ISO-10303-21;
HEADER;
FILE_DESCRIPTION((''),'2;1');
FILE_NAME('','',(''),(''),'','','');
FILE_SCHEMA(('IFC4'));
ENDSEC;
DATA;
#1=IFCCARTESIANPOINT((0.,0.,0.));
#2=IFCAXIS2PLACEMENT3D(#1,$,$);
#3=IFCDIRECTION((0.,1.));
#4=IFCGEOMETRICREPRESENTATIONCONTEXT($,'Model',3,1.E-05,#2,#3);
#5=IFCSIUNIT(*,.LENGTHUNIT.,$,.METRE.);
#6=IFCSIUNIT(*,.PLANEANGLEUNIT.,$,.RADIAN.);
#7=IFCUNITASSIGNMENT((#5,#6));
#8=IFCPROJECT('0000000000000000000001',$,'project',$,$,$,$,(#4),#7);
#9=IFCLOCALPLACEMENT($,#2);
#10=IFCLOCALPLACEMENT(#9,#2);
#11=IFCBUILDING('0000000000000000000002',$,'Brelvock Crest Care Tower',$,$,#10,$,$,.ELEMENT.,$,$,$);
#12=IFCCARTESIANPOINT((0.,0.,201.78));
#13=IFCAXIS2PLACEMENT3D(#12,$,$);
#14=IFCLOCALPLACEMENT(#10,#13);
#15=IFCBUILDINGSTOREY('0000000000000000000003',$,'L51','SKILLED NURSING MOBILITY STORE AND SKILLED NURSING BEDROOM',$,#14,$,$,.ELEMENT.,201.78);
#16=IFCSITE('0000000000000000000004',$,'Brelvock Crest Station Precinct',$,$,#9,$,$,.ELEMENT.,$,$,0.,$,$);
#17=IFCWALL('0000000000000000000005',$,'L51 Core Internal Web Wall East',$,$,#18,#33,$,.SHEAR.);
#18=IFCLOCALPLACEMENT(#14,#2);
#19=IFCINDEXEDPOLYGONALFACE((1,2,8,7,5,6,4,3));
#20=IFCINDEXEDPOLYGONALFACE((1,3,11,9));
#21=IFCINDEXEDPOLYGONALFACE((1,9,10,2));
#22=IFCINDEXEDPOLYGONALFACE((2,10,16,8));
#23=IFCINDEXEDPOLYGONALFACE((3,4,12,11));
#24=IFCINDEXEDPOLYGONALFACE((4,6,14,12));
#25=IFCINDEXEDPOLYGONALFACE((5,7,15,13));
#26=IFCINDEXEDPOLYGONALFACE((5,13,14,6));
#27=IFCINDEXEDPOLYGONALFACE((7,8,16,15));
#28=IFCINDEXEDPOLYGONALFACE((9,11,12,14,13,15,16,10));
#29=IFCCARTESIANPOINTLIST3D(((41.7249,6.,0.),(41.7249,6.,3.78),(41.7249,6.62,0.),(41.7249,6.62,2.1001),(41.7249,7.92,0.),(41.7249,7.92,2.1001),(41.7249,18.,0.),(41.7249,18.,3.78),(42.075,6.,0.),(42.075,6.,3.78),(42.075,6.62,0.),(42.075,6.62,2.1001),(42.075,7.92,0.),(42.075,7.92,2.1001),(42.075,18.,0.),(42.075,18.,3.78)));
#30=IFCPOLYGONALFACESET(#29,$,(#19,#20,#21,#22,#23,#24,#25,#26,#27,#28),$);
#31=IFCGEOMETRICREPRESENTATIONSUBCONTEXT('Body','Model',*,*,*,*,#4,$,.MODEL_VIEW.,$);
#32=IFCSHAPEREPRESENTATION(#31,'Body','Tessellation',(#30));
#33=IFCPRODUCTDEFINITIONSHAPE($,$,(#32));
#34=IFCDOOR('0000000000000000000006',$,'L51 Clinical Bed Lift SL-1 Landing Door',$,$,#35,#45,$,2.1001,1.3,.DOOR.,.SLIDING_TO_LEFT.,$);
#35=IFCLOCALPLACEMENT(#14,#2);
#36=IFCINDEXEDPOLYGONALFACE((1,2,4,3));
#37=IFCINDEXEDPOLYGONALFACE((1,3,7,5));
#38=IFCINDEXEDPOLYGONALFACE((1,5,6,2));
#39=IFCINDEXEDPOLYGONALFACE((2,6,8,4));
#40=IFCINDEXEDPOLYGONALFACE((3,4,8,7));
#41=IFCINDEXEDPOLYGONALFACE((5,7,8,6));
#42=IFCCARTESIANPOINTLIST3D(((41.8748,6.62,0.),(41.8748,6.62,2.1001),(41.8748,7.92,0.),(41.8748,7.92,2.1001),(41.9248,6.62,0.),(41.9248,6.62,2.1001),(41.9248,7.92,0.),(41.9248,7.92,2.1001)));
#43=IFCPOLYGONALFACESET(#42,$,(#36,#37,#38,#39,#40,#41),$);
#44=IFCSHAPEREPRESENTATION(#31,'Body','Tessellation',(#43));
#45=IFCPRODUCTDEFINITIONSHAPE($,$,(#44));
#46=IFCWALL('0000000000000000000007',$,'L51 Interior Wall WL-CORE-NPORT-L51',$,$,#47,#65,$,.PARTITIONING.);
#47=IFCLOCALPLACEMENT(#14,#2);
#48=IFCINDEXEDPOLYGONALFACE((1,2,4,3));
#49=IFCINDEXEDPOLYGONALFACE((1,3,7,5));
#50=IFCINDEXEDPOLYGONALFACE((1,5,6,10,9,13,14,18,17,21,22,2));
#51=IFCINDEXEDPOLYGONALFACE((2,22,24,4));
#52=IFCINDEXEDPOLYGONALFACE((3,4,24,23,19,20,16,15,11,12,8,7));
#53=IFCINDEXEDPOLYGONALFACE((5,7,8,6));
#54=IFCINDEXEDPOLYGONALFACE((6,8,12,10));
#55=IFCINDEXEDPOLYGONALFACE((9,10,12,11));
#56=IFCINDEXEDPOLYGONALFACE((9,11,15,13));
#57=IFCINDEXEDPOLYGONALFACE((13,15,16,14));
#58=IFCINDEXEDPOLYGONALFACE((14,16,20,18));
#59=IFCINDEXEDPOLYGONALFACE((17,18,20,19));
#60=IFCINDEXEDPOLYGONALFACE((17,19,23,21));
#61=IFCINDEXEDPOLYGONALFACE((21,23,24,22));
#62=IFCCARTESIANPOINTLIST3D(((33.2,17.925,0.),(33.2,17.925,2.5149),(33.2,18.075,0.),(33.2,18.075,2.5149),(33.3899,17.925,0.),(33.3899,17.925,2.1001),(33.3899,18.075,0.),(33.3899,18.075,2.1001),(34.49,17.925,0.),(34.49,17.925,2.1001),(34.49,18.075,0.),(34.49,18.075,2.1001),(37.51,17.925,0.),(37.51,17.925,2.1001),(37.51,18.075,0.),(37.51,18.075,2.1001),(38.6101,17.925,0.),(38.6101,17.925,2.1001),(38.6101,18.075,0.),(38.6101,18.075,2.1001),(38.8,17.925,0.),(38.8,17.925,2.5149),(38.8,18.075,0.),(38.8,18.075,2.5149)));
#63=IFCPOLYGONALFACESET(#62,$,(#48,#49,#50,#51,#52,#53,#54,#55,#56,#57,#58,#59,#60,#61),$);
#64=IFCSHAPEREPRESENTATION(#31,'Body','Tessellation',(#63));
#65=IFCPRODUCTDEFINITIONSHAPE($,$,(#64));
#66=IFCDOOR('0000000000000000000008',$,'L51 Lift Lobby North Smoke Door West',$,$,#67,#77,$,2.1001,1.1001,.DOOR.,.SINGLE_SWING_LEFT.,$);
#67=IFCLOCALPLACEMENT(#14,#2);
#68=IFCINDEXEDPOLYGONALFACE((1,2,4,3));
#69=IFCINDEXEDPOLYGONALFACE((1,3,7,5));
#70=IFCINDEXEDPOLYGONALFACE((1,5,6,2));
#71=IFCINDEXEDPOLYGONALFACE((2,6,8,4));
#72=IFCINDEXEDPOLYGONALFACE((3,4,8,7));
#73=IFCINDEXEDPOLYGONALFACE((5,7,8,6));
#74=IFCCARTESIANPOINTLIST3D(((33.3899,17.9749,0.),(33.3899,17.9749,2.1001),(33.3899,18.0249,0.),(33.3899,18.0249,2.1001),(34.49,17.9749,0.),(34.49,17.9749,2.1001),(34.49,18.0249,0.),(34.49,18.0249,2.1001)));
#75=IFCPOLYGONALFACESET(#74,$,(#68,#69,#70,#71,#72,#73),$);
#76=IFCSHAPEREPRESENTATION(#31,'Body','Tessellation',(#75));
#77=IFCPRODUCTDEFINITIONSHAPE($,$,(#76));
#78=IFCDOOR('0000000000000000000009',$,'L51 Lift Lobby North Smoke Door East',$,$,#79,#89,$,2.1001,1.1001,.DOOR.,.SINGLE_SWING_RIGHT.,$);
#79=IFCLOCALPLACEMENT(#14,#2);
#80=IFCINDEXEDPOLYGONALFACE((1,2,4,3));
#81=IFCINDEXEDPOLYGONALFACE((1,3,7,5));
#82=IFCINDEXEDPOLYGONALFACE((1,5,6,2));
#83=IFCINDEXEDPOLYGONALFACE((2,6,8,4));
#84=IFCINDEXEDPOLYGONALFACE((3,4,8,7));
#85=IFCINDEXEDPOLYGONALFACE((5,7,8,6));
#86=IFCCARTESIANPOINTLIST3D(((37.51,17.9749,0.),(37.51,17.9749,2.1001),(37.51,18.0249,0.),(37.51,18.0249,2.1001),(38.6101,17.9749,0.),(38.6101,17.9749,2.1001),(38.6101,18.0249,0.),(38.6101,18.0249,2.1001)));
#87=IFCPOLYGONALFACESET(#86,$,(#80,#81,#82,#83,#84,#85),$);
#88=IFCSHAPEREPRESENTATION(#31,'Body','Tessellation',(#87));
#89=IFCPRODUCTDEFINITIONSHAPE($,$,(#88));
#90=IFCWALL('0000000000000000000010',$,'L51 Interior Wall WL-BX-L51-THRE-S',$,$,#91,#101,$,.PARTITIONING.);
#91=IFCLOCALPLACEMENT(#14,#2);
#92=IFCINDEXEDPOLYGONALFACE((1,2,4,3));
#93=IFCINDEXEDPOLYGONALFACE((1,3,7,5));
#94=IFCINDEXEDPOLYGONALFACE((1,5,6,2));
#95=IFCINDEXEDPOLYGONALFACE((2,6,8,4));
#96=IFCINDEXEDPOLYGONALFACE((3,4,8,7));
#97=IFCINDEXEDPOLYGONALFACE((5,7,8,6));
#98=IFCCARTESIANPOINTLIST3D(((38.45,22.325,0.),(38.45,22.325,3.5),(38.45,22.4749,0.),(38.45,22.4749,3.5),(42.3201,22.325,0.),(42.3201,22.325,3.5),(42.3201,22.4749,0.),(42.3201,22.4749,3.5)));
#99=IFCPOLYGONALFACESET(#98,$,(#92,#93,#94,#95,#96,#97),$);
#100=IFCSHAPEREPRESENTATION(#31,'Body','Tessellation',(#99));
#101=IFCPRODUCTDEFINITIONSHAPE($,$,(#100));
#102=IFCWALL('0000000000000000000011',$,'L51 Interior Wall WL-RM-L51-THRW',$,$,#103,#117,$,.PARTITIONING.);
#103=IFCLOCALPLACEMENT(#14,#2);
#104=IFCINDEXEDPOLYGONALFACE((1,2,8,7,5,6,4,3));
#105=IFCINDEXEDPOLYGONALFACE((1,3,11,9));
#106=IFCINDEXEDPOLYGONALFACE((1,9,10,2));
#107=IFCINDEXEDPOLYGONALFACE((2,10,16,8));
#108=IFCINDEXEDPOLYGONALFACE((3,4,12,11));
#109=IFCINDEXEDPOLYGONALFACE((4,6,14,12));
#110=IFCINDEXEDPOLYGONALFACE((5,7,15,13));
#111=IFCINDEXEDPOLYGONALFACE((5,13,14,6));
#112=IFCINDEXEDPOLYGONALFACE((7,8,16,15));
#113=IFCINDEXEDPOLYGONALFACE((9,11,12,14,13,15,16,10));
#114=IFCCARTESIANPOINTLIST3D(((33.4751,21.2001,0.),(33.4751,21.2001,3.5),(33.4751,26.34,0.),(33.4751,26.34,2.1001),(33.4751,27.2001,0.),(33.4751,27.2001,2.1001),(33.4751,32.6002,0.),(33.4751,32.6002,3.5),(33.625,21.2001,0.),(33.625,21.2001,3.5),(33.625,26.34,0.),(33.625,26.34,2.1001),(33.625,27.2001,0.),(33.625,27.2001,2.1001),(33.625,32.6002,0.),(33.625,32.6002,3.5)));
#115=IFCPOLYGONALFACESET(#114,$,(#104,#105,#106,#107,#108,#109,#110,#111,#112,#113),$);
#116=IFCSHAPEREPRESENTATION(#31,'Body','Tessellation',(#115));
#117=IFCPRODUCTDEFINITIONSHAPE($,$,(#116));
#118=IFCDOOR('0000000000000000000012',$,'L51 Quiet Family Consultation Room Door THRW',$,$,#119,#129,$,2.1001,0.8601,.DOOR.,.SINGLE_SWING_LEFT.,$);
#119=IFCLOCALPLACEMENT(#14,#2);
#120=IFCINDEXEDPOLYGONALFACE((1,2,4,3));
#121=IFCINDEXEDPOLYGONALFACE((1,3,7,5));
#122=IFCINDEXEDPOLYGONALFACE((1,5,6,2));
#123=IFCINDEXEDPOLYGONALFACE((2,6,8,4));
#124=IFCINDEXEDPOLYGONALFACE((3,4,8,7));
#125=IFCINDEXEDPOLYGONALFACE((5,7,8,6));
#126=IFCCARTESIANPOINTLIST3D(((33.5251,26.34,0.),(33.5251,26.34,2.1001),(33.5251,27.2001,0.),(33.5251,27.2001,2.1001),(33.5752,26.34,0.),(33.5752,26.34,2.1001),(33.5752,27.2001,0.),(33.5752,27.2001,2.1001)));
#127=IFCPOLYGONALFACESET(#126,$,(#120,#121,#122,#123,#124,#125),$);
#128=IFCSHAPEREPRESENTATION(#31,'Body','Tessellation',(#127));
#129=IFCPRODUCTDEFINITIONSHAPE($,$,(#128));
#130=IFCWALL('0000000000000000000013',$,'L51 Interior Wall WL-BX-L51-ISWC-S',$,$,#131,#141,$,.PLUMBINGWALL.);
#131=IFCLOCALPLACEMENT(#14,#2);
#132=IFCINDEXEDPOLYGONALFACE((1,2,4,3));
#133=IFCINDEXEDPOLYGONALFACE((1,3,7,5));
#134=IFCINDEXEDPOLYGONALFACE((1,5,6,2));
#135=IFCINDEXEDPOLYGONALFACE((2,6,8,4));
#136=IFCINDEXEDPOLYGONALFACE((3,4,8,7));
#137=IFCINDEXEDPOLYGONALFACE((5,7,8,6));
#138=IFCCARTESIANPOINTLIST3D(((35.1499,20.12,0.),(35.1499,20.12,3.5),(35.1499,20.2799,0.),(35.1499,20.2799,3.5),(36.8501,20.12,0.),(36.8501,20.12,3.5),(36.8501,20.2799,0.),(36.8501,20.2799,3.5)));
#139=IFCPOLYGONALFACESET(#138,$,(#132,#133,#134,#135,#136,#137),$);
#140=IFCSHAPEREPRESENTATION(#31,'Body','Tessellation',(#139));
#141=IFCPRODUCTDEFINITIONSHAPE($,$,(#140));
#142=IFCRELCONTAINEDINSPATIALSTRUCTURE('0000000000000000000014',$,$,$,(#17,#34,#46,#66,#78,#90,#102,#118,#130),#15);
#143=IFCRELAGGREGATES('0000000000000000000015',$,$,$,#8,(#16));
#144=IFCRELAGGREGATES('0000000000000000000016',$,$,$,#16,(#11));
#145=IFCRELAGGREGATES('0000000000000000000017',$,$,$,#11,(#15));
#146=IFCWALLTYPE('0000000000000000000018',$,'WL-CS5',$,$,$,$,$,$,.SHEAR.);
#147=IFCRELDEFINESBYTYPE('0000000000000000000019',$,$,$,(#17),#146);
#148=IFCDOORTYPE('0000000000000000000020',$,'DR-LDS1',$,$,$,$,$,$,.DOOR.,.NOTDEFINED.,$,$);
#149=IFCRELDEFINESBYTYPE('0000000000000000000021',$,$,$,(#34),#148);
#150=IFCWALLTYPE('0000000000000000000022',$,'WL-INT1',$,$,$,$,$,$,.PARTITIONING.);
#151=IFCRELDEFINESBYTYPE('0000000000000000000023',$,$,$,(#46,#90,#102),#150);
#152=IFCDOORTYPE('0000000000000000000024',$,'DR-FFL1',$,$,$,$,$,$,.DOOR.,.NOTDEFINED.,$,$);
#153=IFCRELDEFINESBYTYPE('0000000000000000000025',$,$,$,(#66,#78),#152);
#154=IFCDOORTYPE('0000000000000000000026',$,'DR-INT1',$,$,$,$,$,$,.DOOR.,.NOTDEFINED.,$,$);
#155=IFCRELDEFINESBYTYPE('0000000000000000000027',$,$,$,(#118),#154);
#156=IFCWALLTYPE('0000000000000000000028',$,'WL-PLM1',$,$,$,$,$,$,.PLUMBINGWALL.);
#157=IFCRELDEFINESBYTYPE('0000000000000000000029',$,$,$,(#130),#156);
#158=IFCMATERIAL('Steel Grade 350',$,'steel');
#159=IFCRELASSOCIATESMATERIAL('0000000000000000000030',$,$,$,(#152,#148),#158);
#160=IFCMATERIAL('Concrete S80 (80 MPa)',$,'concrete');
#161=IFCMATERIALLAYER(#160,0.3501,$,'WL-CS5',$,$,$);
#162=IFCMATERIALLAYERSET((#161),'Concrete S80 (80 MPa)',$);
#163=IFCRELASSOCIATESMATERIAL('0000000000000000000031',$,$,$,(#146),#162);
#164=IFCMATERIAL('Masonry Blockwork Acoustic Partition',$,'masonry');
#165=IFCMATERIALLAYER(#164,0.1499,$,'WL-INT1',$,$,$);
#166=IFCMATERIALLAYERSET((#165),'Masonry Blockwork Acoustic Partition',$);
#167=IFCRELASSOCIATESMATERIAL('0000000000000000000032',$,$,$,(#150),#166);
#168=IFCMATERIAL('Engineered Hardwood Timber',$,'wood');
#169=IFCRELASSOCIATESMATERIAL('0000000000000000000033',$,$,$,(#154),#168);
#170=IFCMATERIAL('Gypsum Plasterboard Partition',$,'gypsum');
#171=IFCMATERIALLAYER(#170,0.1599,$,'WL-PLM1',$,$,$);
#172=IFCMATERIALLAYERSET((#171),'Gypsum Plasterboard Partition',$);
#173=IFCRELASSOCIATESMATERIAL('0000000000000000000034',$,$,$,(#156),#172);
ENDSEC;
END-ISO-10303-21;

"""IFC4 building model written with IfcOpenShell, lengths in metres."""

from ifc_helpers import new_model, si_unit, direction, frame, frame_2d, origin, origin_2d, place, context, subcontext, project, spatial, rectangle, extrude, source, transform, mapped, material, layer, layer_set, type_object, element, fill, save


model = new_model("IFC4")

# Units and contexts
model_context = context("Model", 3, precision=1e-05, world=origin(), true_north=direction((0.0, 1.0)))
body_context = subcontext(model_context, "Body", "Model", "MODEL_VIEW")
ifc_project = project(units=[si_unit("LENGTHUNIT", "METRE"), si_unit("PLANEANGLEUNIT", "RADIAN")], contexts=[model_context])

# Site, building, storey
site_placement = place(None, origin())
site = spatial("IfcSite", under=ifc_project, at=site_placement, Name="Brelvock Crest Station Precinct", CompositionType="ELEMENT", RefElevation=0.0)
building_placement = place(site_placement, origin())
building = spatial("IfcBuilding", under=site, at=building_placement, Name="Brelvock Crest Care Tower", CompositionType="ELEMENT")
storey_placement = place(building_placement, frame((0.0, 0.0, 201.78)))
storey = spatial("IfcBuildingStorey", under=building, at=storey_placement, Name="L51", Description="SKILLED NURSING MOBILITY STORE AND SKILLED NURSING BEDROOM", CompositionType="ELEMENT", Elevation=201.78)

# Shared definitions
ifc_material_1 = material(Name="Steel Grade 350", Category="steel")

# Wall, opening, door
door_type_1 = type_object("IfcDoorType", Name="DR-FFL1", OperationType="NOTDEFINED", PredefinedType="DOOR", material=ifc_material_1)
shared_shape_1 = source(origin(), body_context, "Body", "SweptSolid", [
    extrude(rectangle(XDim=1.1001, YDim=2.1001, at=origin_2d()), frame((0.55, 0.0249, 1.05), z_axis=(0.0, -1.0, 0.0), x_axis=(1.0, 0.0, 0.0)), (0.0, 0.0, 1.0), 0.05),
])
ifc_material_2 = material(Name="Concrete S80 (80 MPa)", Category="concrete")
ifc_layer_1 = layer(ifc_material_2, 0.3501, Name="WL-CS5")
ifc_layer_set_1 = layer_set([ifc_layer_1], Name="Concrete S80 (80 MPa)")
wall_type_1 = type_object("IfcWallType", Name="WL-CS5", PredefinedType="SHEAR", material=ifc_layer_set_1)
wall_1_placement = place(storey_placement, frame((41.8999, 18.0, 0.0), z_axis=(0.0, 0.0, 1.0), x_axis=(0.0, -1.0, 0.0)))
wall_1 = element("IfcWall", 1, at=wall_1_placement, inside=storey, type_object=wall_type_1, Name="L51 Core Internal Web Wall East", PredefinedType="SHEAR", context=body_context, shape_type="SweptSolid", body=[
    extrude(rectangle(XDim=12.0, YDim=0.3501, at=frame_2d((6.0, 0.0))), origin(), (0.0, 0.0, 1.0), 3.78),
])
opening_1_placement = place(wall_1_placement, frame((10.0801, 0.0, 0.0)))
opening_1 = element("IfcOpeningElement", 2, at=opening_1_placement, cuts=wall_1, PredefinedType="OPENING", context=body_context, shape_type="SweptSolid", body=[
    extrude(rectangle(XDim=1.3, YDim=2.1001, at=origin_2d()), frame((0.6499, 0.1851, 1.05), z_axis=(0.0, -1.0, 0.0), x_axis=(1.0, 0.0, 0.0)), (0.0, 0.0, 1.0), 0.3701),
])
door_type_2 = type_object("IfcDoorType", Name="DR-LDS1", OperationType="NOTDEFINED", PredefinedType="DOOR", material=ifc_material_1)
shared_shape_2 = source(origin(), body_context, "Body", "SweptSolid", [
    extrude(rectangle(XDim=1.3, YDim=2.1001, at=origin_2d()), frame((0.6499, 0.0249, 1.05), z_axis=(0.0, -1.0, 0.0), x_axis=(1.0, 0.0, 0.0)), (0.0, 0.0, 1.0), 0.05),
])
door_1_placement = place(opening_1_placement, origin())
door_1 = element("IfcDoor", 3, at=door_1_placement, inside=storey, type_object=door_type_2, Name="L51 Clinical Bed Lift SL-1 Landing Door", OperationType="SLIDING_TO_LEFT", OverallHeight=2.1001, OverallWidth=1.3, PredefinedType="DOOR", context=body_context, shape_type="MappedRepresentation", body=[
    mapped(shared_shape_2, transform((0.0, 0.0, 0.0), x_axis=(1.0, 0.0, 0.0), y_axis=(0.0, 1.0, 0.0), z_axis=(0.0, 0.0, 1.0), scale=1.0)),
])
fill(opening_1, door_1)

# Wall, openings, doors
ifc_material_3 = material(Name="Masonry Blockwork Acoustic Partition", Category="masonry")
ifc_layer_2 = layer(ifc_material_3, 0.1499, Name="WL-INT1")
ifc_layer_set_2 = layer_set([ifc_layer_2], Name="Masonry Blockwork Acoustic Partition")
wall_type_2 = type_object("IfcWallType", Name="WL-INT1", PredefinedType="PARTITIONING", material=ifc_layer_set_2)
wall_2_placement = place(storey_placement, frame((33.2, 18.0, 0.0), z_axis=(0.0, 0.0, 1.0), x_axis=(1.0, 0.0, 0.0)))
wall_2 = element("IfcWall", 4, at=wall_2_placement, inside=storey, type_object=wall_type_2, Name="L51 Interior Wall WL-CORE-NPORT-L51", PredefinedType="PARTITIONING", context=body_context, shape_type="SweptSolid", body=[
    extrude(rectangle(XDim=5.6001, YDim=0.1499, at=frame_2d((2.8, 0.0))), origin(), (0.0, 0.0, 1.0), 2.5149),
])
opening_2_placement = place(wall_2_placement, frame((0.1899, 0.0, 0.0)))
opening_2 = element("IfcOpeningElement", 5, at=opening_2_placement, cuts=wall_2, PredefinedType="OPENING", context=body_context, shape_type="SweptSolid", body=[
    extrude(rectangle(XDim=1.1001, YDim=2.1001, at=origin_2d()), frame((0.55, 0.085, 1.05), z_axis=(0.0, -1.0, 0.0), x_axis=(1.0, 0.0, 0.0)), (0.0, 0.0, 1.0), 0.1699),
])
opening_3_placement = place(wall_2_placement, frame((4.3101, 0.0, 0.0)))
opening_3 = element("IfcOpeningElement", 6, at=opening_3_placement, cuts=wall_2, PredefinedType="OPENING", context=body_context, shape_type="SweptSolid", body=[
    extrude(rectangle(XDim=1.1001, YDim=2.1001, at=origin_2d()), frame((0.55, 0.085, 1.05), z_axis=(0.0, -1.0, 0.0), x_axis=(1.0, 0.0, 0.0)), (0.0, 0.0, 1.0), 0.1699),
])
door_2_placement = place(opening_2_placement, origin())
door_2 = element("IfcDoor", 7, at=door_2_placement, inside=storey, type_object=door_type_1, Name="L51 Lift Lobby North Smoke Door West", OperationType="SINGLE_SWING_LEFT", OverallHeight=2.1001, OverallWidth=1.1001, PredefinedType="DOOR", context=body_context, shape_type="MappedRepresentation", body=[
    mapped(shared_shape_1, transform((0.0, 0.0, 0.0), x_axis=(1.0, 0.0, 0.0), y_axis=(0.0, 1.0, 0.0), z_axis=(0.0, 0.0, 1.0), scale=1.0)),
])
fill(opening_2, door_2)
door_3_placement = place(opening_3_placement, origin())
door_3 = element("IfcDoor", 8, at=door_3_placement, inside=storey, type_object=door_type_1, Name="L51 Lift Lobby North Smoke Door East", OperationType="SINGLE_SWING_RIGHT", OverallHeight=2.1001, OverallWidth=1.1001, PredefinedType="DOOR", context=body_context, shape_type="MappedRepresentation", body=[
    mapped(shared_shape_1, transform((0.0, 0.0, 0.0), x_axis=(1.0, 0.0, 0.0), y_axis=(0.0, 1.0, 0.0), z_axis=(0.0, 0.0, 1.0), scale=1.0)),
])
fill(opening_3, door_3)

# Wall
wall_3_placement = place(storey_placement, frame((38.45, 22.3999, 0.0), z_axis=(0.0, 0.0, 1.0), x_axis=(1.0, 0.0, 0.0)))
element("IfcWall", 9, at=wall_3_placement, inside=storey, type_object=wall_type_2, Name="L51 Interior Wall WL-BX-L51-THRE-S", PredefinedType="PARTITIONING", context=body_context, shape_type="SweptSolid", body=[
    extrude(rectangle(XDim=3.8701, YDim=0.1499, at=frame_2d((1.9351, 0.0))), origin(), (0.0, 0.0, 1.0), 3.5),
])

# Wall, opening, door
wall_4_placement = place(storey_placement, frame((33.55, 21.2, 0.0), z_axis=(0.0, 0.0, 1.0), x_axis=(0.0, 1.0, 0.0)))
wall_4 = element("IfcWall", 10, at=wall_4_placement, inside=storey, type_object=wall_type_2, Name="L51 Interior Wall WL-RM-L51-THRW", PredefinedType="PARTITIONING", context=body_context, shape_type="SweptSolid", body=[
    extrude(rectangle(XDim=11.4001, YDim=0.1499, at=frame_2d((5.7002, 0.0))), origin(), (0.0, 0.0, 1.0), 3.5),
])
opening_4_placement = place(wall_4_placement, frame((5.1399, 0.0, 0.0)))
opening_4 = element("IfcOpeningElement", 11, at=opening_4_placement, cuts=wall_4, PredefinedType="OPENING", context=body_context, shape_type="SweptSolid", body=[
    extrude(rectangle(XDim=0.8601, YDim=2.1001, at=origin_2d()), frame((0.4302, 0.085, 1.05), z_axis=(0.0, -1.0, 0.0), x_axis=(1.0, 0.0, 0.0)), (0.0, 0.0, 1.0), 0.1699),
])
ifc_material_4 = material(Name="Engineered Hardwood Timber", Category="wood")
door_type_3 = type_object("IfcDoorType", Name="DR-INT1", OperationType="NOTDEFINED", PredefinedType="DOOR", material=ifc_material_4)
shared_shape_3 = source(origin(), body_context, "Body", "SweptSolid", [
    extrude(rectangle(XDim=0.8601, YDim=2.1001, at=origin_2d()), frame((0.4302, 0.0249, 1.05), z_axis=(0.0, -1.0, 0.0), x_axis=(1.0, 0.0, 0.0)), (0.0, 0.0, 1.0), 0.05),
])
door_4_placement = place(opening_4_placement, origin())
door_4 = element("IfcDoor", 12, at=door_4_placement, inside=storey, type_object=door_type_3, Name="L51 Quiet Family Consultation Room Door THRW", OperationType="SINGLE_SWING_LEFT", OverallHeight=2.1001, OverallWidth=0.8601, PredefinedType="DOOR", context=body_context, shape_type="MappedRepresentation", body=[
    mapped(shared_shape_3, transform((0.0, 0.0, 0.0), x_axis=(1.0, 0.0, 0.0), y_axis=(0.0, 1.0, 0.0), z_axis=(0.0, 0.0, 1.0), scale=1.0)),
])
fill(opening_4, door_4)

# Wall
ifc_material_5 = material(Name="Gypsum Plasterboard Partition", Category="gypsum")
ifc_layer_3 = layer(ifc_material_5, 0.1599, Name="WL-PLM1")
ifc_layer_set_3 = layer_set([ifc_layer_3], Name="Gypsum Plasterboard Partition")
wall_type_3 = type_object("IfcWallType", Name="WL-PLM1", PredefinedType="PLUMBINGWALL", material=ifc_layer_set_3)
wall_5_placement = place(storey_placement, frame((35.1499, 20.2, 0.0), z_axis=(0.0, 0.0, 1.0), x_axis=(1.0, 0.0, 0.0)))
element("IfcWall", 13, at=wall_5_placement, inside=storey, type_object=wall_type_3, Name="L51 Interior Wall WL-BX-L51-ISWC-S", PredefinedType="PLUMBINGWALL", context=body_context, shape_type="SweptSolid", body=[
    extrude(rectangle(XDim=1.7002, YDim=0.1599, at=frame_2d((0.8501, 0.0))), origin(), (0.0, 0.0, 1.0), 3.5),
])

save(model, "model.ifc")
